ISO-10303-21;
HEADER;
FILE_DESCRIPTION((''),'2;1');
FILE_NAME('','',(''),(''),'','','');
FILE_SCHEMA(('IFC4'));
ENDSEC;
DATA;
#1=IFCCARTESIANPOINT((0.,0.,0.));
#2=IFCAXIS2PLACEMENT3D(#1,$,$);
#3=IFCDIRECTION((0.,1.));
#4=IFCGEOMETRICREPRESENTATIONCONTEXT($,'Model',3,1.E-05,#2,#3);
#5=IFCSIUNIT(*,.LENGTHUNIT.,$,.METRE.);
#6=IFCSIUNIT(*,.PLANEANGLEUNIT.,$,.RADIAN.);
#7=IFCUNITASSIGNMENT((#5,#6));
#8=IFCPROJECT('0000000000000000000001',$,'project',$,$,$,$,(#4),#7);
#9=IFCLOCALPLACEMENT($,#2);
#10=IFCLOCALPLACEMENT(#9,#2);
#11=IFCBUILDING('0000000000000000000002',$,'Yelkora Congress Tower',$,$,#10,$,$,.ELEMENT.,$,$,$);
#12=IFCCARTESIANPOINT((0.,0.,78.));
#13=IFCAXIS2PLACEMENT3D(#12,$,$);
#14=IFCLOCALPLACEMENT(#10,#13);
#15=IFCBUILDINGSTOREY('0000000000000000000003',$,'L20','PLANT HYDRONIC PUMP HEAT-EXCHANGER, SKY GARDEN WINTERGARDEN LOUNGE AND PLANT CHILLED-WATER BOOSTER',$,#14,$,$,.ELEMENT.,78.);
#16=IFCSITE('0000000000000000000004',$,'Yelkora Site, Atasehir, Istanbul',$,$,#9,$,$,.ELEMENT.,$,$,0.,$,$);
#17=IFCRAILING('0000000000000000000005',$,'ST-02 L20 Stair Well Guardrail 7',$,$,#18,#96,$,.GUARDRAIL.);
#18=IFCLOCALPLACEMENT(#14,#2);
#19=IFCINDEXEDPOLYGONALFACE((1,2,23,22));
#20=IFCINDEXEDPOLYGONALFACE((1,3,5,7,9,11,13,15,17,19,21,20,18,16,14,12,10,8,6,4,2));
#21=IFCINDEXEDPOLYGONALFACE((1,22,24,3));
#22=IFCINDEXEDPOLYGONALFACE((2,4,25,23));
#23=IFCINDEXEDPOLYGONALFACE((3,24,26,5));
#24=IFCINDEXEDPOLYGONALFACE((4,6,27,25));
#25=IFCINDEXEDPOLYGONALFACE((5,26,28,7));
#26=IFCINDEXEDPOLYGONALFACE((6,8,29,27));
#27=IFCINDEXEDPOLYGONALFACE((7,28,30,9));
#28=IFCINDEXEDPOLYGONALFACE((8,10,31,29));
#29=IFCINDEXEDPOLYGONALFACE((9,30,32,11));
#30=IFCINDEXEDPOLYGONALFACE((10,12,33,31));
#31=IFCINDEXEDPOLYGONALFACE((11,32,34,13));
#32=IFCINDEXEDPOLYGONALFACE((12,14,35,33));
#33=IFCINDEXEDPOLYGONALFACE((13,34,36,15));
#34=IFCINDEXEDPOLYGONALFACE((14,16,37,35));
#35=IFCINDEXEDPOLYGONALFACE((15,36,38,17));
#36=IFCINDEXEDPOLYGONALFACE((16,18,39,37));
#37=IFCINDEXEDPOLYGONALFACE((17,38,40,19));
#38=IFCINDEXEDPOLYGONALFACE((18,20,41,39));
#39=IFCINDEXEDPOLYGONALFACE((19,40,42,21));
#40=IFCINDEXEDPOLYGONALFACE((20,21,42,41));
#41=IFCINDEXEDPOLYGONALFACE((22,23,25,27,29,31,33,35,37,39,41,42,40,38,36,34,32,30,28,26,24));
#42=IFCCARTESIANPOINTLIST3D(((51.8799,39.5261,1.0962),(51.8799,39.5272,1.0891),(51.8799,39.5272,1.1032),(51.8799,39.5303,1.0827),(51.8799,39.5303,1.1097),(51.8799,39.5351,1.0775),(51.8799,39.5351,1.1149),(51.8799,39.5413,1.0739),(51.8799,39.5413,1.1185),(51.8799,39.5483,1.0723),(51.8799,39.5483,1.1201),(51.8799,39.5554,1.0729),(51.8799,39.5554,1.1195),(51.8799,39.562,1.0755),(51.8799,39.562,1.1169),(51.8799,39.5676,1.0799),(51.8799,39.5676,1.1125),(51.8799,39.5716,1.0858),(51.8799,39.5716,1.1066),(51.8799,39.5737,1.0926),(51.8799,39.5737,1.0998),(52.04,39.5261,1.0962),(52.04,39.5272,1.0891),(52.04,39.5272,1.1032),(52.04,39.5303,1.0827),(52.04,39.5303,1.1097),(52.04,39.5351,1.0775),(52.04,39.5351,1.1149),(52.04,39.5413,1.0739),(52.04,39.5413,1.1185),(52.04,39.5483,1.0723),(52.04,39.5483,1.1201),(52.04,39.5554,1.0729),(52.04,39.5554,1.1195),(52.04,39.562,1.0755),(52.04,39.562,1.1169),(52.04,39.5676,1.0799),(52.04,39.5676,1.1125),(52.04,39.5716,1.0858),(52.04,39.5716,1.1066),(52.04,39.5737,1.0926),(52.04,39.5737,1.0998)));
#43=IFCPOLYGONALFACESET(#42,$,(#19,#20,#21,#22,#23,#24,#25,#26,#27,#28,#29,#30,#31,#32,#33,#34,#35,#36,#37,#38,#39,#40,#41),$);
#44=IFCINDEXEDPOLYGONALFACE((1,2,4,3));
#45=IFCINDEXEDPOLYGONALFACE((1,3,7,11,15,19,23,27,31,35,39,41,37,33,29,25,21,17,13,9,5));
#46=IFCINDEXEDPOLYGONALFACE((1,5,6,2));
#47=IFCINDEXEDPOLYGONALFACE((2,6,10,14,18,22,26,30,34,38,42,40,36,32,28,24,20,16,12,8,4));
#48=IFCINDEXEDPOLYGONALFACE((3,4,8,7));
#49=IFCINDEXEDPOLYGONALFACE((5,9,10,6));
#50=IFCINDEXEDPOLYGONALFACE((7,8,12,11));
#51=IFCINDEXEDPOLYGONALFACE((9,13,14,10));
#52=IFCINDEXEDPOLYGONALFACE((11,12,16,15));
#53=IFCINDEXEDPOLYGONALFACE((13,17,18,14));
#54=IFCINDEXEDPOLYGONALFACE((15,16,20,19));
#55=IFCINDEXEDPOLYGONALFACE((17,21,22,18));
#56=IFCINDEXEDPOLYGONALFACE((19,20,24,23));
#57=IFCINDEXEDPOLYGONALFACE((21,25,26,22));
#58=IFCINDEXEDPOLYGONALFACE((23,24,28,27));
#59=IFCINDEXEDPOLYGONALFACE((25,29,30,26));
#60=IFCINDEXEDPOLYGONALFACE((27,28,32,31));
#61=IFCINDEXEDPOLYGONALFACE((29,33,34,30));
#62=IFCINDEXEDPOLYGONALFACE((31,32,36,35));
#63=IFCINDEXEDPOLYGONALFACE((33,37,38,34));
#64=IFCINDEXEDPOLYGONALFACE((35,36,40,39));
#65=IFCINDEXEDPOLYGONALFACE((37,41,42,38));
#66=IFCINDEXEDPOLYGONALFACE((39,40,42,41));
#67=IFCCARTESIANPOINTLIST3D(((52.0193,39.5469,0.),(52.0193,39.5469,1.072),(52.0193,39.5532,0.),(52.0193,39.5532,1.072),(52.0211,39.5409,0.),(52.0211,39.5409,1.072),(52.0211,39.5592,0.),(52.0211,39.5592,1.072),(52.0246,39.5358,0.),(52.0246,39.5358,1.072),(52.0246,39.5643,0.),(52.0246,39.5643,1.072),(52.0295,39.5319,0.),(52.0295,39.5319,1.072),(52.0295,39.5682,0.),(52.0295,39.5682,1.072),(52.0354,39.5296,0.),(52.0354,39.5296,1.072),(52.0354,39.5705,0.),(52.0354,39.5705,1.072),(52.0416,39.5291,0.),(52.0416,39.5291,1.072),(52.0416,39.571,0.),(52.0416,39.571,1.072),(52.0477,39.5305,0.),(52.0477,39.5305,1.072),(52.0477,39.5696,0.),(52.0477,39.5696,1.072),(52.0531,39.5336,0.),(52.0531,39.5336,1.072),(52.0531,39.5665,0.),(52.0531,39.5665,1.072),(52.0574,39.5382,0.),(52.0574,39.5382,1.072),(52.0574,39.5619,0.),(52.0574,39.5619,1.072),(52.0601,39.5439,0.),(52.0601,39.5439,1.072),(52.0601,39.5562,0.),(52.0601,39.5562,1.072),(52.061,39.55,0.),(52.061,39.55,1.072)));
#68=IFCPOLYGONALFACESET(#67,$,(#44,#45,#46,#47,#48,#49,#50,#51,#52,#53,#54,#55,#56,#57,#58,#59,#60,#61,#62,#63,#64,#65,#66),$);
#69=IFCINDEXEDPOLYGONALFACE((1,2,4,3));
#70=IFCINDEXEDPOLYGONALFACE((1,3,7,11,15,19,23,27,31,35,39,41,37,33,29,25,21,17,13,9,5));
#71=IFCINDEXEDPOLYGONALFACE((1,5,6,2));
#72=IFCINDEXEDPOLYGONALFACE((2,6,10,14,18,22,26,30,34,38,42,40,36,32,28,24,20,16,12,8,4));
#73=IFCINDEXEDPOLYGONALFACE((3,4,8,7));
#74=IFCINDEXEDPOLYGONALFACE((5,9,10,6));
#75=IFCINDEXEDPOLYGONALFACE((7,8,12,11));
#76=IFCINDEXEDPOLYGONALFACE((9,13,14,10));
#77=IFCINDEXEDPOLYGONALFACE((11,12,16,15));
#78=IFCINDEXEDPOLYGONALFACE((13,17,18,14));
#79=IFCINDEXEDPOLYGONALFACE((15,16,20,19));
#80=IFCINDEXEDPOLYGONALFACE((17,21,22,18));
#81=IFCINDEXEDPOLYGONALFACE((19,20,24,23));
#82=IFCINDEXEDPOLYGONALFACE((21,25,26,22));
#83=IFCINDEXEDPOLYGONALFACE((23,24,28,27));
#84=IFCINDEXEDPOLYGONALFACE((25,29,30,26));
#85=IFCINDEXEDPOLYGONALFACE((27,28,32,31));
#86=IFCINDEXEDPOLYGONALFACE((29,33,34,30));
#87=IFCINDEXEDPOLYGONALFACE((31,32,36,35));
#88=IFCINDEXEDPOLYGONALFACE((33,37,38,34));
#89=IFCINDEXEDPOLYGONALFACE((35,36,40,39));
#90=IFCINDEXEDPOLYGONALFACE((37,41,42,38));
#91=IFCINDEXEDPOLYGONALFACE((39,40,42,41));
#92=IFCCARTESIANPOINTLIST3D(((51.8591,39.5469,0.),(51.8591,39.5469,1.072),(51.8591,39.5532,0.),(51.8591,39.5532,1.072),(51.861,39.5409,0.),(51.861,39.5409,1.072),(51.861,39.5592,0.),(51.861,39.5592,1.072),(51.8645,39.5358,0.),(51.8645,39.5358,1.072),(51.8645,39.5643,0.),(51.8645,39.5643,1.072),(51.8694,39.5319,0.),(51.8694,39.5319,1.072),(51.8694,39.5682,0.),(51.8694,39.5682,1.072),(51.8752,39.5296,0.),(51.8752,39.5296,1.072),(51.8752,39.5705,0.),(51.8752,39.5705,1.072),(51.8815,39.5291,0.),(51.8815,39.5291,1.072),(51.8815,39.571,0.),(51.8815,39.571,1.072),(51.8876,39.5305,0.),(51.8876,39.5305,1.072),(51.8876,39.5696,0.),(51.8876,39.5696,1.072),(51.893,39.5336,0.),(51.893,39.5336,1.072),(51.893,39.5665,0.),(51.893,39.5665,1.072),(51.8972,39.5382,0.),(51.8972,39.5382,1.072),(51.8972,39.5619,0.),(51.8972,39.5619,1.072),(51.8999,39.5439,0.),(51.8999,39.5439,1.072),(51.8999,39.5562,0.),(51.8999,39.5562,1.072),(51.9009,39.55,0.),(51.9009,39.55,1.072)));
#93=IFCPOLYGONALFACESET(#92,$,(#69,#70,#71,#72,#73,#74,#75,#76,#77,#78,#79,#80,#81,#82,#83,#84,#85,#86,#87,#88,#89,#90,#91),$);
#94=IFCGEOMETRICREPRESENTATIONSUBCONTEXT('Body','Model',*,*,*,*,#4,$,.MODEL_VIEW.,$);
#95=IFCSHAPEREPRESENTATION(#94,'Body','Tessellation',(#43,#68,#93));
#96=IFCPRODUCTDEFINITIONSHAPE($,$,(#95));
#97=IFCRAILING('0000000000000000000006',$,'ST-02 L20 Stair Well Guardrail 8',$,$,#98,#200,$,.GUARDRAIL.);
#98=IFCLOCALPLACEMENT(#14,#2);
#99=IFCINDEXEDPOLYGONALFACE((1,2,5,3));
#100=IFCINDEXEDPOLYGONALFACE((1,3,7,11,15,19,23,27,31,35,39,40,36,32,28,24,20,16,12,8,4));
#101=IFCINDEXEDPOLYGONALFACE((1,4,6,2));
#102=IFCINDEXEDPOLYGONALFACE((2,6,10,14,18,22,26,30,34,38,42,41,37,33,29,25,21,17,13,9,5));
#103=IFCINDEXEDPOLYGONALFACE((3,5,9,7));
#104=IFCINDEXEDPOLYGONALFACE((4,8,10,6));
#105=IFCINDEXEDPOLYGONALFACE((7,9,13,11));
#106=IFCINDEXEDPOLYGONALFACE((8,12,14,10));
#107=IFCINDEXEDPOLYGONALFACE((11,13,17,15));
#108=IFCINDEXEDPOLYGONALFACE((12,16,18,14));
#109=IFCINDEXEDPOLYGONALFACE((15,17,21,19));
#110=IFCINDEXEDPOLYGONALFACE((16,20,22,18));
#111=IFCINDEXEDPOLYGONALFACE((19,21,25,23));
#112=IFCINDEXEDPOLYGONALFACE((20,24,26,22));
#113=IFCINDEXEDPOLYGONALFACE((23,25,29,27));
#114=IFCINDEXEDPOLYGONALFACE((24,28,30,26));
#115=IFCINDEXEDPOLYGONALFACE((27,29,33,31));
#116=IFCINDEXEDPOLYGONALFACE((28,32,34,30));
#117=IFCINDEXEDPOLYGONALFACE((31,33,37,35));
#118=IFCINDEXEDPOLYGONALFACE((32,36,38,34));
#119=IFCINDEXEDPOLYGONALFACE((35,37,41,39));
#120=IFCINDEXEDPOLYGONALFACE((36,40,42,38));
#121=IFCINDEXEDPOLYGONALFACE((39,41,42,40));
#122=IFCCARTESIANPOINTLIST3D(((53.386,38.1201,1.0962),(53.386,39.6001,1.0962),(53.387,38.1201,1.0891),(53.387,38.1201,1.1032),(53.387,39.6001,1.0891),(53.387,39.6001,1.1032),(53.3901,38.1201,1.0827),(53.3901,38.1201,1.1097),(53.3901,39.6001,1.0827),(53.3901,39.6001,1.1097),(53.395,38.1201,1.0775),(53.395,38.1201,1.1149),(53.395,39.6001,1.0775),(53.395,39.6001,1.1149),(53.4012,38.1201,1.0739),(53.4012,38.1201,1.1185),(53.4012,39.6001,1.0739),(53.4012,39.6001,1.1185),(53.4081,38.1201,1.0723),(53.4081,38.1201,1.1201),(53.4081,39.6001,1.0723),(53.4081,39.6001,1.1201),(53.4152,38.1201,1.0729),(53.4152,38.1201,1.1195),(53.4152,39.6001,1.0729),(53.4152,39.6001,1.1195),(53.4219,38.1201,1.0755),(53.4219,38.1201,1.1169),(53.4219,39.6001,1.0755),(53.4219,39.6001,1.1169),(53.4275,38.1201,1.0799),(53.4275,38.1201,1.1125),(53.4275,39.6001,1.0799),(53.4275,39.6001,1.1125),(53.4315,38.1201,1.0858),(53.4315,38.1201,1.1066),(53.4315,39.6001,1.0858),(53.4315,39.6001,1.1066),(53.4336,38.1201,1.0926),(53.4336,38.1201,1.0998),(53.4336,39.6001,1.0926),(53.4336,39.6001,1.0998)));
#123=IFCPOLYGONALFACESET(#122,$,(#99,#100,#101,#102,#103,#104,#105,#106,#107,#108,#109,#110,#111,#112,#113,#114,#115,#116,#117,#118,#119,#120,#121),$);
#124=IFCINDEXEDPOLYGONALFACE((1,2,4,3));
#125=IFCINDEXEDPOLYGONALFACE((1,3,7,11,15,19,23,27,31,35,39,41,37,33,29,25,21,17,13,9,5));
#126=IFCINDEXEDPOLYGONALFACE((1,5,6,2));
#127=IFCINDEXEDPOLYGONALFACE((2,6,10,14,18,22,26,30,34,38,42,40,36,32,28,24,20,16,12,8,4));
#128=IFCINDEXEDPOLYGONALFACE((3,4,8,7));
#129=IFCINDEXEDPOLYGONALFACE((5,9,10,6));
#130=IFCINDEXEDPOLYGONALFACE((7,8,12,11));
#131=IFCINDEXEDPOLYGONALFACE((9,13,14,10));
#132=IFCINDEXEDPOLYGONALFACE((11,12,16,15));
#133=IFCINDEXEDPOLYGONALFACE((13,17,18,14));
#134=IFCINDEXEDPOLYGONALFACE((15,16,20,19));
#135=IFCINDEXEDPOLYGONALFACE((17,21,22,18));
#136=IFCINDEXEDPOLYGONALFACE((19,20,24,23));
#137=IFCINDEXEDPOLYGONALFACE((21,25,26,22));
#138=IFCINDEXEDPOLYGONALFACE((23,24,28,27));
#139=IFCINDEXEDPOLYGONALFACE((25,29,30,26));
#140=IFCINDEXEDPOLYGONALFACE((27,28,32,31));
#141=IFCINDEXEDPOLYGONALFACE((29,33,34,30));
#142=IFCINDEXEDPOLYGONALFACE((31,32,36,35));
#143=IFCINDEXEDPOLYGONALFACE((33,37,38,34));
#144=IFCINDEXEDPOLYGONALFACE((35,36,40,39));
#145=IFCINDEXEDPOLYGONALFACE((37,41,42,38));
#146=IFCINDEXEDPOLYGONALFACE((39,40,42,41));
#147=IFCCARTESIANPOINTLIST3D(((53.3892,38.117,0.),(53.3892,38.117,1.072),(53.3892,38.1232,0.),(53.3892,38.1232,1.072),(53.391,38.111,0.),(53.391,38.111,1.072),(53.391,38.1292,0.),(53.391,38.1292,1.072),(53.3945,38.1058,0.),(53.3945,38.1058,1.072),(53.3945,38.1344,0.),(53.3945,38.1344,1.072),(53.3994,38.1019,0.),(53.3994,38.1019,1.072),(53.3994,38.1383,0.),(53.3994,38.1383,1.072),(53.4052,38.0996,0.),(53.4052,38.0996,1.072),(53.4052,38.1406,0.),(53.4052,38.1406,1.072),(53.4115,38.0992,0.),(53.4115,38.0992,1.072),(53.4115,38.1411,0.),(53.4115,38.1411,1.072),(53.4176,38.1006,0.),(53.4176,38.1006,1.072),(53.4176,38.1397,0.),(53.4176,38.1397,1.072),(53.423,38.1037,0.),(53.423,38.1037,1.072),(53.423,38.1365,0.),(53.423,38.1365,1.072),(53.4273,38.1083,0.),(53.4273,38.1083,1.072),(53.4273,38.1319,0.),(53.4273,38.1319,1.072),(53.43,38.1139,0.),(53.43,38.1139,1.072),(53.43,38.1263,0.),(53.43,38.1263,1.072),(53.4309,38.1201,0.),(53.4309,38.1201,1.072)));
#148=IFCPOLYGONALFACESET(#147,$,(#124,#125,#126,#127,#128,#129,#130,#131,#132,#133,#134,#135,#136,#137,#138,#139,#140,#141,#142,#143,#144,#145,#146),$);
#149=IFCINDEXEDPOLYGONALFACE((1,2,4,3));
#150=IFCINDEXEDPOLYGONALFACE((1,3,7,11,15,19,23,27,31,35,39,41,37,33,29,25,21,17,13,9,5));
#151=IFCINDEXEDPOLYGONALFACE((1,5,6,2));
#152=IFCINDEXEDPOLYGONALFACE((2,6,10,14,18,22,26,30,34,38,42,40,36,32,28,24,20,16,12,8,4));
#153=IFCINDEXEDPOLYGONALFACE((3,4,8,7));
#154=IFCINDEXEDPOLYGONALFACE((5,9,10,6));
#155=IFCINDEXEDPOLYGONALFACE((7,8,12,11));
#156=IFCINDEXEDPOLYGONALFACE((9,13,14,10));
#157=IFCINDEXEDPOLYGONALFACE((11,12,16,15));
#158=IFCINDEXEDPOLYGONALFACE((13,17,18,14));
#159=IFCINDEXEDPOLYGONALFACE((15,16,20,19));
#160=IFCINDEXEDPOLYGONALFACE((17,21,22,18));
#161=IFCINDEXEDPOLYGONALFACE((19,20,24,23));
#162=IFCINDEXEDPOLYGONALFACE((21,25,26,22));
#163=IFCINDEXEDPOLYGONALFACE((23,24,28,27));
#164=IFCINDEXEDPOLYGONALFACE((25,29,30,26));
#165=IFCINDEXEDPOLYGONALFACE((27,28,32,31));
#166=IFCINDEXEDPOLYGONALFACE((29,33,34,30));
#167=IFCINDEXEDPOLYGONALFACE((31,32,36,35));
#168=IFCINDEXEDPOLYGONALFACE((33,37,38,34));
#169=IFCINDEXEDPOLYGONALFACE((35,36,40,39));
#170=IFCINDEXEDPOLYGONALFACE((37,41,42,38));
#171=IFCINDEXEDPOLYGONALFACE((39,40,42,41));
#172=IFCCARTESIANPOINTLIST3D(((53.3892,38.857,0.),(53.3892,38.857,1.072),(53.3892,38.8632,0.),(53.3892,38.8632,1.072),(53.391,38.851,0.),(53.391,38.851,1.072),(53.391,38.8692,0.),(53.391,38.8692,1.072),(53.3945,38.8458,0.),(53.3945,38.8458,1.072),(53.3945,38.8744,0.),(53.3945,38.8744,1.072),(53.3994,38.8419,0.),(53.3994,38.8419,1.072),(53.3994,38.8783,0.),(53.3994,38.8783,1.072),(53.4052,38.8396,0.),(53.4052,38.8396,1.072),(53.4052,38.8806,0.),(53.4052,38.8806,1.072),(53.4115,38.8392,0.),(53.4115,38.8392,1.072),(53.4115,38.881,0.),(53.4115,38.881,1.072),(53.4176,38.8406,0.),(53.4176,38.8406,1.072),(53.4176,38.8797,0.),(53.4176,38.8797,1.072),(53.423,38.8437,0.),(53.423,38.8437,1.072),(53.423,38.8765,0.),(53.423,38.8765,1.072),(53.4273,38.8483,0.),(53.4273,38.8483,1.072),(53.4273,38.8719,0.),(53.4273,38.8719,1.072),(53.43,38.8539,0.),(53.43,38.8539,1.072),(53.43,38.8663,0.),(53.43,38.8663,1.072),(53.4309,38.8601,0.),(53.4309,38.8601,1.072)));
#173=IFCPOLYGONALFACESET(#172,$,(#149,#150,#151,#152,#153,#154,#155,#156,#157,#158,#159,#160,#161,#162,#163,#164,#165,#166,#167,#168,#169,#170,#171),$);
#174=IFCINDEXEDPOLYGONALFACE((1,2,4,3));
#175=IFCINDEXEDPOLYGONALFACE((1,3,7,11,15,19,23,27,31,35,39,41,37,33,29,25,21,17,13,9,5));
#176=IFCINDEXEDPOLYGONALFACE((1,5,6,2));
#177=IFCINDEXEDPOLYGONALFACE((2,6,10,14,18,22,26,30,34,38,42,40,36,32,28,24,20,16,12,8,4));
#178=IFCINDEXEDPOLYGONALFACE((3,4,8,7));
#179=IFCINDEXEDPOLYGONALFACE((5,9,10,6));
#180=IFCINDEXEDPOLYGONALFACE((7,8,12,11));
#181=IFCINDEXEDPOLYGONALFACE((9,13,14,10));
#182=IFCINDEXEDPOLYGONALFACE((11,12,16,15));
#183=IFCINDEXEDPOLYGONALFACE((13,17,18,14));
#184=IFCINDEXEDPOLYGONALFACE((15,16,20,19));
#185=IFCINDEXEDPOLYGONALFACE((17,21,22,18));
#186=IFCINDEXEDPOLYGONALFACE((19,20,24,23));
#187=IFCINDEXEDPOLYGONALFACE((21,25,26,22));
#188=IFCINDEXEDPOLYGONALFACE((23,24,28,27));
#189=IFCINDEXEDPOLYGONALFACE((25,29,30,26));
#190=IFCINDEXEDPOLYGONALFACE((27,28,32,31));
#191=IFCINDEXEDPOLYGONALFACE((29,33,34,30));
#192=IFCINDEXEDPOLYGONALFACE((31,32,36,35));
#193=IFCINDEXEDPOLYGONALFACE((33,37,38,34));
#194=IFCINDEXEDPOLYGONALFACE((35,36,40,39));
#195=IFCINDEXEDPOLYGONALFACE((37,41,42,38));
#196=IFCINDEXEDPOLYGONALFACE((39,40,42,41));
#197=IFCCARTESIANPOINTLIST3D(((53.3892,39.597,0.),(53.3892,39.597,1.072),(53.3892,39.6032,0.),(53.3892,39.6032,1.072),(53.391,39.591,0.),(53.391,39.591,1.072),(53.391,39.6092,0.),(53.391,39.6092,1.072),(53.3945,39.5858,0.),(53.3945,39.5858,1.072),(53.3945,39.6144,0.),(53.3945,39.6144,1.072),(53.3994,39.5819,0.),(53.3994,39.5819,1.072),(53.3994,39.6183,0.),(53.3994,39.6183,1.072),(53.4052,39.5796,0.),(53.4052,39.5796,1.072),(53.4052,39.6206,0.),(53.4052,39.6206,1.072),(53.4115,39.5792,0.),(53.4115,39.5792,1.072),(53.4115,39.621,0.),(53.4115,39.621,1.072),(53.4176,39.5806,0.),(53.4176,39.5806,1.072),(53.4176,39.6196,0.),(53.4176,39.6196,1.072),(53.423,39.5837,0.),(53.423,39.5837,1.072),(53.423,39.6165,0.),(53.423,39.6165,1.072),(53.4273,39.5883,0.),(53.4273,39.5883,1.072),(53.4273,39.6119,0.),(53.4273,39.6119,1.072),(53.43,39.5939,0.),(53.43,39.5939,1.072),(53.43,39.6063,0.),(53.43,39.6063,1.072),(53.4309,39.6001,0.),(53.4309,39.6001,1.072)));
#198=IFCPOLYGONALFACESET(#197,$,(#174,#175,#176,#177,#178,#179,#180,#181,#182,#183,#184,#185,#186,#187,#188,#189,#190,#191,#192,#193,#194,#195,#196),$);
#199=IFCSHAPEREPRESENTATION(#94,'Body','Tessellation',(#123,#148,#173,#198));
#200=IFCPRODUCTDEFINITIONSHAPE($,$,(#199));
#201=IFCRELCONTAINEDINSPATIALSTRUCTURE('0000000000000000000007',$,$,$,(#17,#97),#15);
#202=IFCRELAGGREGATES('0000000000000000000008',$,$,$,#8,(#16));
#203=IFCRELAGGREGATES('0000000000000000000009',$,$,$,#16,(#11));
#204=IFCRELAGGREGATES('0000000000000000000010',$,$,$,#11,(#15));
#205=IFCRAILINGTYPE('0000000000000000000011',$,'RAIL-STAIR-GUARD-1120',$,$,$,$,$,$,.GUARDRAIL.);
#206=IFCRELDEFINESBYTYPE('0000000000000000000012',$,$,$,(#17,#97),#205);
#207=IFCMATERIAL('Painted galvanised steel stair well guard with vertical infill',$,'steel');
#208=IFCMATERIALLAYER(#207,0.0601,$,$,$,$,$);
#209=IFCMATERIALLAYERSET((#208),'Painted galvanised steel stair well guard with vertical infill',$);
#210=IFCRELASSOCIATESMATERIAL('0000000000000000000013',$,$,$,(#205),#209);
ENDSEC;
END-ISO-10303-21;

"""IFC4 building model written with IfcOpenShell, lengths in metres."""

from ifc_helpers import new_model, si_unit, direction, frame, origin, origin_2d, place, context, subcontext, project, spatial, circle, extrude, material, layer, layer_set, type_object, element, save


model = new_model("IFC4")

# Units and contexts
model_context = context("Model", 3, precision=1e-05, world=origin(), true_north=direction((0.0, 1.0)))
body_context = subcontext(model_context, "Body", "Model", "MODEL_VIEW")
ifc_project = project(units=[si_unit("LENGTHUNIT", "METRE"), si_unit("PLANEANGLEUNIT", "RADIAN")], contexts=[model_context])

# Site, building, storey
site_placement = place(None, origin())
site = spatial("IfcSite", under=ifc_project, at=site_placement, Name="Yelkora Site, Atasehir, Istanbul", CompositionType="ELEMENT", RefElevation=0.0)
building_placement = place(site_placement, origin())
building = spatial("IfcBuilding", under=site, at=building_placement, Name="Yelkora Congress Tower", CompositionType="ELEMENT")
storey_placement = place(building_placement, frame((0.0, 0.0, 78.0)))
storey = spatial("IfcBuildingStorey", under=building, at=storey_placement, Name="L20", Description="PLANT HYDRONIC PUMP HEAT-EXCHANGER, SKY GARDEN WINTERGARDEN LOUNGE AND PLANT CHILLED-WATER BOOSTER", CompositionType="ELEMENT", Elevation=78.0)

# Railings
ifc_material_1 = material(Name="Painted galvanised steel stair well guard with vertical infill", Category="steel")
ifc_layer_1 = layer(ifc_material_1, 0.0601)
ifc_layer_set_1 = layer_set([ifc_layer_1], Name="Painted galvanised steel stair well guard with vertical infill")
railing_type_1 = type_object("IfcRailingType", Name="RAIL-STAIR-GUARD-1120", PredefinedType="GUARDRAIL", material=ifc_layer_set_1)
railing_1_placement = place(storey_placement, frame((52.04, 39.55, 0.0)))
element("IfcRailing", 1, at=railing_1_placement, inside=storey, type_object=railing_type_1, Name="ST-02 L20 Stair Well Guardrail 7", PredefinedType="GUARDRAIL", context=body_context, shape_type="SweptSolid", body=[
    extrude(circle(Radius=0.0239, at=origin_2d()), frame((0.0, 0.0, 1.0962), z_axis=(-1.0, 0.0, 0.0), x_axis=(0.0, -1.0, 0.0)), (0.0, 0.0, 1.0), 0.1602),
    extrude(circle(Radius=0.021, at=origin_2d()), origin(), (0.0, 0.0, 1.0), 1.072),
    extrude(circle(Radius=0.021, at=origin_2d()), frame((-0.1602, 0.0, 0.0)), (0.0, 0.0, 1.0), 1.072),
])
for number, where, name in (
    (2, (53.4099, 38.1201, 0.0), "ST-02 L20 Stair Well Guardrail 8"),
):
    element("IfcRailing", number, at=place(storey_placement, frame(where)), inside=storey, type_object=railing_type_1, Name=name, PredefinedType="GUARDRAIL", context=body_context, shape_type="SweptSolid", body=[
        extrude(circle(Radius=0.0239, at=origin_2d()), frame((0.0, 0.0, 1.0962), z_axis=(0.0, 1.0, 0.0), x_axis=(-1.0, 0.0, 0.0)), (0.0, 0.0, 1.0), 1.48),
        extrude(circle(Radius=0.021, at=origin_2d()), origin(), (0.0, 0.0, 1.0), 1.072),
        extrude(circle(Radius=0.021, at=origin_2d()), frame((0.0, 0.74, 0.0)), (0.0, 0.0, 1.0), 1.072),
        extrude(circle(Radius=0.021, at=origin_2d()), frame((0.0, 1.48, 0.0)), (0.0, 0.0, 1.0), 1.072),
    ])

save(model, "model.ifc")
